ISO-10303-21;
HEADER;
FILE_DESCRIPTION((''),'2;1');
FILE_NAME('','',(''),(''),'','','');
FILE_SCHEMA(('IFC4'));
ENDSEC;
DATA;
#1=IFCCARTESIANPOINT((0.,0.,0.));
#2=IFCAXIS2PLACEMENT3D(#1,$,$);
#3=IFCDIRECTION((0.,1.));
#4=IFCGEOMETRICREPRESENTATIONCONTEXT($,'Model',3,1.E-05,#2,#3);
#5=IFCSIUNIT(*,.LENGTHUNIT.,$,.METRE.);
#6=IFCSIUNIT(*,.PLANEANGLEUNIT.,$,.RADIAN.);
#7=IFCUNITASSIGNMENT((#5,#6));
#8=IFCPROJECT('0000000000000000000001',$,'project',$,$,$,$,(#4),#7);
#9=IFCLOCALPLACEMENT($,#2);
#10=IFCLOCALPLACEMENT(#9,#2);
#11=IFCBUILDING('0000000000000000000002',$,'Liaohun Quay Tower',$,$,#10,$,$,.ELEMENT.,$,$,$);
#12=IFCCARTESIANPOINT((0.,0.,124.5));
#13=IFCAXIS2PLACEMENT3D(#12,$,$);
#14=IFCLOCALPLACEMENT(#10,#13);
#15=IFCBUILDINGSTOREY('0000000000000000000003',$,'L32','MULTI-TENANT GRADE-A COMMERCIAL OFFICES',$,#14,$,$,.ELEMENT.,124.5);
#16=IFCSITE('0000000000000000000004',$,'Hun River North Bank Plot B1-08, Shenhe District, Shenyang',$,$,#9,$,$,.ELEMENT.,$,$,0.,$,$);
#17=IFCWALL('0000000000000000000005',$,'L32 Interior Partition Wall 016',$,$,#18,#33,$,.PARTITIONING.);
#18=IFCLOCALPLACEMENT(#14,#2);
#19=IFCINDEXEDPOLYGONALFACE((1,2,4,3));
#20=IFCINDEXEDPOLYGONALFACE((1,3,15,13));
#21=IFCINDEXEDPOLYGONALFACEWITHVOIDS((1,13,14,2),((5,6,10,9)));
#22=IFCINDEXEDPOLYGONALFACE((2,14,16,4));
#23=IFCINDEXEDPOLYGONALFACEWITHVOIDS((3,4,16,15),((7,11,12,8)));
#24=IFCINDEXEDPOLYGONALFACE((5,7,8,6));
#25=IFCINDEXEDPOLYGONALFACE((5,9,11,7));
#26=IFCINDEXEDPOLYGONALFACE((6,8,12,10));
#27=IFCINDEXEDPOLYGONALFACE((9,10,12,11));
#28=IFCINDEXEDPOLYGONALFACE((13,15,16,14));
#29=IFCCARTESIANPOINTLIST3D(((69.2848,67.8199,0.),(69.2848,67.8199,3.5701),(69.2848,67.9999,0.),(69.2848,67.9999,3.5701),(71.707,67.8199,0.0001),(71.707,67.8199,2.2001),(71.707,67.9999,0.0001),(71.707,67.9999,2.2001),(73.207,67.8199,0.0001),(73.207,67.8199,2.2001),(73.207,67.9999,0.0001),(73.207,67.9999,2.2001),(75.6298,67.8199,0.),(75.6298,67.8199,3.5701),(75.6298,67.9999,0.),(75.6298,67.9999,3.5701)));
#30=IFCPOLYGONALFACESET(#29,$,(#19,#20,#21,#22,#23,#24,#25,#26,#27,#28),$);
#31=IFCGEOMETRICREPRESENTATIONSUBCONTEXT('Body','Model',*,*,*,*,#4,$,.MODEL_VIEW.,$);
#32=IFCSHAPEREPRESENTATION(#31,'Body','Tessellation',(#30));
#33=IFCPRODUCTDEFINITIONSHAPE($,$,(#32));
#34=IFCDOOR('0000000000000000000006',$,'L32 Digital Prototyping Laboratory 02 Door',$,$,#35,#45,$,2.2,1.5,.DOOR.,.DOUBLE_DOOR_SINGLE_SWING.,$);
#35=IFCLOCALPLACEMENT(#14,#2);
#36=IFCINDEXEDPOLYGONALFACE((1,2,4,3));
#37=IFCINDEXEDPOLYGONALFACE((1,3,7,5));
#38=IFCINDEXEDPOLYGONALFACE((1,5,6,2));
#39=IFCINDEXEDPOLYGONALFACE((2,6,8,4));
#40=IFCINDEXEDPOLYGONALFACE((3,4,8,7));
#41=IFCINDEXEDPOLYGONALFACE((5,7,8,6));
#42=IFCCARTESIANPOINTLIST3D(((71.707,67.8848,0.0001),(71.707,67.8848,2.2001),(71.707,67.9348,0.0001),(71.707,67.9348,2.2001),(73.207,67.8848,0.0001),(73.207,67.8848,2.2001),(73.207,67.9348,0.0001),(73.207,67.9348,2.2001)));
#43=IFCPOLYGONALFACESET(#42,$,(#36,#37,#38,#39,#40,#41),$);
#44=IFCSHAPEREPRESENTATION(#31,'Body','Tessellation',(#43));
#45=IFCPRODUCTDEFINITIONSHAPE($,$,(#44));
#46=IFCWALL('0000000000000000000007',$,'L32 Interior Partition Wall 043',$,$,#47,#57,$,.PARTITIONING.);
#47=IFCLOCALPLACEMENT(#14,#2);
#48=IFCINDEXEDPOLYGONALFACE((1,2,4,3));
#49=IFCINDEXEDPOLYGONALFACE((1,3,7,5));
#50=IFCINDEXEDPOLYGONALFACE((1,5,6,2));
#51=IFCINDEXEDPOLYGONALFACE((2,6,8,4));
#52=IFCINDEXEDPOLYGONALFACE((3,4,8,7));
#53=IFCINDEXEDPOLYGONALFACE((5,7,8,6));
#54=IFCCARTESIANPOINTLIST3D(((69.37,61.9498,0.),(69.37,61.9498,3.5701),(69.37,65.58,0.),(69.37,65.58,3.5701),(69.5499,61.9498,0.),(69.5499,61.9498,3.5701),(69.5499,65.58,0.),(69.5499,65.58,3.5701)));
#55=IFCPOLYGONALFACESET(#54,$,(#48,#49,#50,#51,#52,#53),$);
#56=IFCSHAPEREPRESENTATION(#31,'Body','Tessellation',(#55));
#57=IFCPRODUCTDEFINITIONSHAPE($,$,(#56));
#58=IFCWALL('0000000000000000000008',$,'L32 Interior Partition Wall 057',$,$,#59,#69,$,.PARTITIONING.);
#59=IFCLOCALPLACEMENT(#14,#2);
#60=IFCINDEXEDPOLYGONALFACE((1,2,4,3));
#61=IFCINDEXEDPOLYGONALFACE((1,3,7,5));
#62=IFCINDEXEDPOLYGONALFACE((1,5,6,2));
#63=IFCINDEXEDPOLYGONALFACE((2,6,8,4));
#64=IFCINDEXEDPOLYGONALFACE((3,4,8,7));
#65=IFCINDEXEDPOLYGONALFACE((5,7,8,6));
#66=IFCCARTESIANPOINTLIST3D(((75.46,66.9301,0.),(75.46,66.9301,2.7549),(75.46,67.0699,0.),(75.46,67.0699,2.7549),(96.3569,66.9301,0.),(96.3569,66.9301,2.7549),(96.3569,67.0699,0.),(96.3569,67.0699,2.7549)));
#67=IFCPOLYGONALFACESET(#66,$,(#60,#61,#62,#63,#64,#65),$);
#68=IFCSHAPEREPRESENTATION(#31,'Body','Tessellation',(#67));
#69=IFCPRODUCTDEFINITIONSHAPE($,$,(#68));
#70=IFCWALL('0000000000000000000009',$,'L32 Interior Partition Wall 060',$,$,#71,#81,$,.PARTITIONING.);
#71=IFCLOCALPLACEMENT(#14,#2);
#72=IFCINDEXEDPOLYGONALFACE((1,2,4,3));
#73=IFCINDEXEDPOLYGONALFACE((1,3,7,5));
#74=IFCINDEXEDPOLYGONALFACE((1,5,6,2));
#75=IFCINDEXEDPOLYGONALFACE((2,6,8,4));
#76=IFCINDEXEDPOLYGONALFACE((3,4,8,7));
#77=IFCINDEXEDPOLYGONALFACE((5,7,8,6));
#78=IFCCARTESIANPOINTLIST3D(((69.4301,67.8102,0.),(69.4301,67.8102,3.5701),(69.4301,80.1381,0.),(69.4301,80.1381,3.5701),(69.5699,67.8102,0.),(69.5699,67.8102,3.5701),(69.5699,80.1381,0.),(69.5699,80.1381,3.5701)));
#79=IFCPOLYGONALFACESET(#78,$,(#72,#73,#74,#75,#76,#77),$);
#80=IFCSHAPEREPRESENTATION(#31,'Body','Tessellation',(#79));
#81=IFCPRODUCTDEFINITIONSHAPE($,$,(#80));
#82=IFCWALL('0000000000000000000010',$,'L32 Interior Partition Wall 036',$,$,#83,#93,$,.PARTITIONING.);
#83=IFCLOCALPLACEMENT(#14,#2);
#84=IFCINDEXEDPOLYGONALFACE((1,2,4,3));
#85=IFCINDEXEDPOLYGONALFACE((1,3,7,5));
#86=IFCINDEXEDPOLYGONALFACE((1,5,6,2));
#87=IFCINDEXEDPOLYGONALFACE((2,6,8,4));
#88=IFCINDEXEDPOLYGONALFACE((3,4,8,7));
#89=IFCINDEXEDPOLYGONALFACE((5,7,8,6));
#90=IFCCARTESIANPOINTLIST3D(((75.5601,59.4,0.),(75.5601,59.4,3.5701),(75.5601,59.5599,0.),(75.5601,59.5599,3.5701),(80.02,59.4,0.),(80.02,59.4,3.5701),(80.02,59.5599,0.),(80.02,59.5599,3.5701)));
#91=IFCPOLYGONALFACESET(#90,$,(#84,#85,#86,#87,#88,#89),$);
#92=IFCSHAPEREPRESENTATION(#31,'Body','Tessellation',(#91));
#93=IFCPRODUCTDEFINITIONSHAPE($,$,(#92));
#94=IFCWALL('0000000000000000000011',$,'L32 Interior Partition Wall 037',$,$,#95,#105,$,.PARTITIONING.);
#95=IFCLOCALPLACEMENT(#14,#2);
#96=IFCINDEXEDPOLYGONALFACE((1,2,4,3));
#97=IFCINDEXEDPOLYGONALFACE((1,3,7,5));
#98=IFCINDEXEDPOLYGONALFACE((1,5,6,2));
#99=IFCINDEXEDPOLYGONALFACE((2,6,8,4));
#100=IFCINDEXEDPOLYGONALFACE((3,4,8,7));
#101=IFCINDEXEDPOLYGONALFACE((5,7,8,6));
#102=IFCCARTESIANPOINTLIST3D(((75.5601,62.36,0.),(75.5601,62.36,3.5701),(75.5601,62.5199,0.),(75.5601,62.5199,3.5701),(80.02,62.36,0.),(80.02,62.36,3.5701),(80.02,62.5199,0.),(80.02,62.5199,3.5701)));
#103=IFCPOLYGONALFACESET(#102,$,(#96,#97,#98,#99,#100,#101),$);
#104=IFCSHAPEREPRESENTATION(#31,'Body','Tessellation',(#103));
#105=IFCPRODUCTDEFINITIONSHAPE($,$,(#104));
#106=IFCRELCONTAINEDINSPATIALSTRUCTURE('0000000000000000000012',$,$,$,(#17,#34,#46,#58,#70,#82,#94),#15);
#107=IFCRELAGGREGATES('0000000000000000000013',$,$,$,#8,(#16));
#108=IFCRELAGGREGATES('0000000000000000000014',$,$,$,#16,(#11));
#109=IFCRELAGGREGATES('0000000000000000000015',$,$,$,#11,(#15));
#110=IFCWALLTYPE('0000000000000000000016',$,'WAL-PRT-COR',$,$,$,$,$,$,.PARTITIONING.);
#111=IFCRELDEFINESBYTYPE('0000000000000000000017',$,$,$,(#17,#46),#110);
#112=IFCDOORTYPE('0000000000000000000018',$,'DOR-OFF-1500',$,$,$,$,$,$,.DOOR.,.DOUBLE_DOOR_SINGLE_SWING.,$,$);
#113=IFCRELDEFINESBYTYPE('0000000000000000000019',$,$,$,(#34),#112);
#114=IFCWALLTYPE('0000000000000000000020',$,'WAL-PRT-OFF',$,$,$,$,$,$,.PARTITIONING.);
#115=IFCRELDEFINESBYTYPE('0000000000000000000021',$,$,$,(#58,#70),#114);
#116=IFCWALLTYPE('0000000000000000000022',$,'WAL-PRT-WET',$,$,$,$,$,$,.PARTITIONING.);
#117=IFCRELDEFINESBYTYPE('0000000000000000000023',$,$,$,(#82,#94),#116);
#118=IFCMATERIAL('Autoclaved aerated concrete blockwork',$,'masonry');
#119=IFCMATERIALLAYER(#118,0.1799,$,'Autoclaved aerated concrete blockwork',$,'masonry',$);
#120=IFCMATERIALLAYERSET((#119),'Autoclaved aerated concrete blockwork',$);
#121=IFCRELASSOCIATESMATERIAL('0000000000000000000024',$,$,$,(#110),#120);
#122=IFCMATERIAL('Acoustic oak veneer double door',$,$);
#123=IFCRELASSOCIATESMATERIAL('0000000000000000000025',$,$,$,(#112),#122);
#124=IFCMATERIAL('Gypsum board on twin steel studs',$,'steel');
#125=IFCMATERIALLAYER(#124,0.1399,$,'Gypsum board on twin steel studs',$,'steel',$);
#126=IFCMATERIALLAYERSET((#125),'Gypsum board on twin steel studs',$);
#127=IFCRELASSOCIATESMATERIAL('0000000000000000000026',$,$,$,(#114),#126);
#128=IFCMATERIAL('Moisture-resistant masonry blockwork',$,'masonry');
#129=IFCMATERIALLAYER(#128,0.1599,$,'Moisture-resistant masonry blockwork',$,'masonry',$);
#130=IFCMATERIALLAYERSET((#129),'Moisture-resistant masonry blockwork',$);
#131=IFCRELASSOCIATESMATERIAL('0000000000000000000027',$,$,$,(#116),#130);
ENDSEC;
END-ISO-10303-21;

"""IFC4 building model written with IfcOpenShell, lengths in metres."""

from ifc_helpers import new_model, si_unit, direction, frame, frame_2d, origin, place, context, subcontext, project, spatial, rectangle, extrude, source, transform, mapped, material, layer, layer_set, type_object, element, fill, save


model = new_model("IFC4")

# Units and contexts
model_context = context("Model", 3, precision=1e-05, world=origin(), true_north=direction((0.0, 1.0)))
body_context = subcontext(model_context, "Body", "Model", "MODEL_VIEW")
ifc_project = project(units=[si_unit("LENGTHUNIT", "METRE"), si_unit("PLANEANGLEUNIT", "RADIAN")], contexts=[model_context])

# Site, building, storey
site_placement = place(None, origin())
site = spatial("IfcSite", under=ifc_project, at=site_placement, Name="Hun River North Bank Plot B1-08, Shenhe District, Shenyang", CompositionType="ELEMENT", RefElevation=0.0)
building_placement = place(site_placement, origin())
building = spatial("IfcBuilding", under=site, at=building_placement, Name="Liaohun Quay Tower", CompositionType="ELEMENT")
storey_placement = place(building_placement, frame((0.0, 0.0, 124.5)))
storey = spatial("IfcBuildingStorey", under=building, at=storey_placement, Name="L32", Description="MULTI-TENANT GRADE-A COMMERCIAL OFFICES", CompositionType="ELEMENT", Elevation=124.5)

# Wall, opening, door
ifc_material_1 = material(Name="Autoclaved aerated concrete blockwork", Category="masonry")
ifc_layer_1 = layer(ifc_material_1, 0.1799, Name="Autoclaved aerated concrete blockwork", Category="masonry")
ifc_layer_set_1 = layer_set([ifc_layer_1], Name="Autoclaved aerated concrete blockwork")
wall_type_1 = type_object("IfcWallType", Name="WAL-PRT-COR", PredefinedType="PARTITIONING", material=ifc_layer_set_1)
wall_1_placement = place(storey_placement, frame((69.2849, 67.9099, 0.0), z_axis=(0.0, 0.0, 1.0), x_axis=(1.0, 0.0, 0.0)))
wall_1 = element("IfcWall", 1, at=wall_1_placement, inside=storey, type_object=wall_type_1, Name="L32 Interior Partition Wall 016", PredefinedType="PARTITIONING", context=body_context, shape_type="SweptSolid", body=[
    extrude(rectangle(XDim=6.345, YDim=0.1799, at=frame_2d((3.1724, 0.0))), origin(), (0.0, 0.0, 1.0), 3.5701),
])
shared_shape_1 = source(origin(), body_context, "Body", "SweptSolid", [
    extrude(rectangle(XDim=1.5, YDim=2.2, at=frame_2d((0.75, 1.1001))), frame((0.0, 0.0999, 0.0), z_axis=(0.0, -1.0, 0.0), x_axis=(1.0, 0.0, 0.0)), (0.0, 0.0, 1.0), 0.2),
])
opening_1_placement = place(wall_1_placement, frame((2.4221, 0.0, 0.0)))
opening_1 = element("IfcOpeningElement", 2, at=opening_1_placement, cuts=wall_1, PredefinedType="OPENING", context=body_context, shape_type="MappedRepresentation", body=[
    mapped(shared_shape_1, transform((0.0, 0.0, 0.0), x_axis=(1.0, 0.0, 0.0), y_axis=(0.0, 1.0, 0.0), z_axis=(0.0, 0.0, 1.0), scale=1.0)),
])
ifc_material_2 = material(Name="Acoustic oak veneer double door")
door_type_1 = type_object("IfcDoorType", Name="DOR-OFF-1500", OperationType="DOUBLE_DOOR_SINGLE_SWING", PredefinedType="DOOR", material=ifc_material_2)
shared_shape_2 = source(origin(), body_context, "Body", "SweptSolid", [
    extrude(rectangle(XDim=1.5, YDim=2.2, at=frame_2d((0.75, 1.1001))), frame((0.0, 0.0249, 0.0), z_axis=(0.0, -1.0, 0.0), x_axis=(1.0, 0.0, 0.0)), (0.0, 0.0, 1.0), 0.05),
])
door_1_placement = place(opening_1_placement, origin())
door_1 = element("IfcDoor", 3, at=door_1_placement, inside=storey, type_object=door_type_1, Name="L32 Digital Prototyping Laboratory 02 Door", OperationType="DOUBLE_DOOR_SINGLE_SWING", OverallHeight=2.2, OverallWidth=1.5, PredefinedType="DOOR", context=body_context, shape_type="MappedRepresentation", body=[
    mapped(shared_shape_2, transform((0.0, 0.0, 0.0), x_axis=(1.0, 0.0, 0.0), y_axis=(0.0, 1.0, 0.0), z_axis=(0.0, 0.0, 1.0), scale=1.0)),
])
fill(opening_1, door_1)

# Walls
wall_2_placement = place(storey_placement, frame((69.46, 61.95, 0.0), z_axis=(0.0, 0.0, 1.0), x_axis=(0.0, 1.0, 0.0)))
element("IfcWall", 4, at=wall_2_placement, inside=storey, type_object=wall_type_1, Name="L32 Interior Partition Wall 043", PredefinedType="PARTITIONING", context=body_context, shape_type="SweptSolid", body=[
    extrude(rectangle(XDim=3.6301, YDim=0.1799, at=frame_2d((1.8149, 0.0))), origin(), (0.0, 0.0, 1.0), 3.5701),
])
ifc_material_3 = material(Name="Gypsum board on twin steel studs", Category="steel")
ifc_layer_2 = layer(ifc_material_3, 0.1399, Name="Gypsum board on twin steel studs", Category="steel")
ifc_layer_set_2 = layer_set([ifc_layer_2], Name="Gypsum board on twin steel studs")
wall_type_2 = type_object("IfcWallType", Name="WAL-PRT-OFF", PredefinedType="PARTITIONING", material=ifc_layer_set_2)
wall_3_placement = place(storey_placement, frame((75.46, 67.0, 0.0), z_axis=(0.0, 0.0, 1.0), x_axis=(1.0, 0.0, 0.0)))
element("IfcWall", 5, at=wall_3_placement, inside=storey, type_object=wall_type_2, Name="L32 Interior Partition Wall 057", PredefinedType="PARTITIONING", context=body_context, shape_type="SweptSolid", body=[
    extrude(rectangle(XDim=20.897, YDim=0.1399, at=frame_2d((10.4485, 0.0))), origin(), (0.0, 0.0, 1.0), 2.7549),
])
wall_4_placement = place(storey_placement, frame((69.5, 67.8101, 0.0), z_axis=(0.0, 0.0, 1.0), x_axis=(0.0, 1.0, 0.0)))
element("IfcWall", 6, at=wall_4_placement, inside=storey, type_object=wall_type_2, Name="L32 Interior Partition Wall 060", PredefinedType="PARTITIONING", context=body_context, shape_type="SweptSolid", body=[
    extrude(rectangle(XDim=12.3279, YDim=0.1399, at=frame_2d((6.1641, 0.0))), origin(), (0.0, 0.0, 1.0), 3.5701),
])

# Shared definitions
ifc_material_4 = material(Name="Moisture-resistant masonry blockwork", Category="masonry")
ifc_layer_3 = layer(ifc_material_4, 0.1599, Name="Moisture-resistant masonry blockwork", Category="masonry")
ifc_layer_set_3 = layer_set([ifc_layer_3], Name="Moisture-resistant masonry blockwork")
wall_type_3 = type_object("IfcWallType", Name="WAL-PRT-WET", PredefinedType="PARTITIONING", material=ifc_layer_set_3)

# Walls
for number, where, z_axis, x_axis, name in (
    (7, (75.5601, 59.48, 0.0), (0.0, 0.0, 1.0), (1.0, 0.0, 0.0), "L32 Interior Partition Wall 036"),
    (8, (75.5601, 62.4399, 0.0), (0.0, 0.0, 1.0), (1.0, 0.0, 0.0), "L32 Interior Partition Wall 037"),
):
    element("IfcWall", number, at=place(storey_placement, frame(where, z_axis=z_axis, x_axis=x_axis)), inside=storey, type_object=wall_type_3, Name=name, PredefinedType="PARTITIONING", context=body_context, shape_type="SweptSolid", body=[
        extrude(rectangle(XDim=4.46, YDim=0.1599, at=frame_2d((2.23, 0.0))), origin(), (0.0, 0.0, 1.0), 3.5701),
    ])

save(model, "model.ifc")
